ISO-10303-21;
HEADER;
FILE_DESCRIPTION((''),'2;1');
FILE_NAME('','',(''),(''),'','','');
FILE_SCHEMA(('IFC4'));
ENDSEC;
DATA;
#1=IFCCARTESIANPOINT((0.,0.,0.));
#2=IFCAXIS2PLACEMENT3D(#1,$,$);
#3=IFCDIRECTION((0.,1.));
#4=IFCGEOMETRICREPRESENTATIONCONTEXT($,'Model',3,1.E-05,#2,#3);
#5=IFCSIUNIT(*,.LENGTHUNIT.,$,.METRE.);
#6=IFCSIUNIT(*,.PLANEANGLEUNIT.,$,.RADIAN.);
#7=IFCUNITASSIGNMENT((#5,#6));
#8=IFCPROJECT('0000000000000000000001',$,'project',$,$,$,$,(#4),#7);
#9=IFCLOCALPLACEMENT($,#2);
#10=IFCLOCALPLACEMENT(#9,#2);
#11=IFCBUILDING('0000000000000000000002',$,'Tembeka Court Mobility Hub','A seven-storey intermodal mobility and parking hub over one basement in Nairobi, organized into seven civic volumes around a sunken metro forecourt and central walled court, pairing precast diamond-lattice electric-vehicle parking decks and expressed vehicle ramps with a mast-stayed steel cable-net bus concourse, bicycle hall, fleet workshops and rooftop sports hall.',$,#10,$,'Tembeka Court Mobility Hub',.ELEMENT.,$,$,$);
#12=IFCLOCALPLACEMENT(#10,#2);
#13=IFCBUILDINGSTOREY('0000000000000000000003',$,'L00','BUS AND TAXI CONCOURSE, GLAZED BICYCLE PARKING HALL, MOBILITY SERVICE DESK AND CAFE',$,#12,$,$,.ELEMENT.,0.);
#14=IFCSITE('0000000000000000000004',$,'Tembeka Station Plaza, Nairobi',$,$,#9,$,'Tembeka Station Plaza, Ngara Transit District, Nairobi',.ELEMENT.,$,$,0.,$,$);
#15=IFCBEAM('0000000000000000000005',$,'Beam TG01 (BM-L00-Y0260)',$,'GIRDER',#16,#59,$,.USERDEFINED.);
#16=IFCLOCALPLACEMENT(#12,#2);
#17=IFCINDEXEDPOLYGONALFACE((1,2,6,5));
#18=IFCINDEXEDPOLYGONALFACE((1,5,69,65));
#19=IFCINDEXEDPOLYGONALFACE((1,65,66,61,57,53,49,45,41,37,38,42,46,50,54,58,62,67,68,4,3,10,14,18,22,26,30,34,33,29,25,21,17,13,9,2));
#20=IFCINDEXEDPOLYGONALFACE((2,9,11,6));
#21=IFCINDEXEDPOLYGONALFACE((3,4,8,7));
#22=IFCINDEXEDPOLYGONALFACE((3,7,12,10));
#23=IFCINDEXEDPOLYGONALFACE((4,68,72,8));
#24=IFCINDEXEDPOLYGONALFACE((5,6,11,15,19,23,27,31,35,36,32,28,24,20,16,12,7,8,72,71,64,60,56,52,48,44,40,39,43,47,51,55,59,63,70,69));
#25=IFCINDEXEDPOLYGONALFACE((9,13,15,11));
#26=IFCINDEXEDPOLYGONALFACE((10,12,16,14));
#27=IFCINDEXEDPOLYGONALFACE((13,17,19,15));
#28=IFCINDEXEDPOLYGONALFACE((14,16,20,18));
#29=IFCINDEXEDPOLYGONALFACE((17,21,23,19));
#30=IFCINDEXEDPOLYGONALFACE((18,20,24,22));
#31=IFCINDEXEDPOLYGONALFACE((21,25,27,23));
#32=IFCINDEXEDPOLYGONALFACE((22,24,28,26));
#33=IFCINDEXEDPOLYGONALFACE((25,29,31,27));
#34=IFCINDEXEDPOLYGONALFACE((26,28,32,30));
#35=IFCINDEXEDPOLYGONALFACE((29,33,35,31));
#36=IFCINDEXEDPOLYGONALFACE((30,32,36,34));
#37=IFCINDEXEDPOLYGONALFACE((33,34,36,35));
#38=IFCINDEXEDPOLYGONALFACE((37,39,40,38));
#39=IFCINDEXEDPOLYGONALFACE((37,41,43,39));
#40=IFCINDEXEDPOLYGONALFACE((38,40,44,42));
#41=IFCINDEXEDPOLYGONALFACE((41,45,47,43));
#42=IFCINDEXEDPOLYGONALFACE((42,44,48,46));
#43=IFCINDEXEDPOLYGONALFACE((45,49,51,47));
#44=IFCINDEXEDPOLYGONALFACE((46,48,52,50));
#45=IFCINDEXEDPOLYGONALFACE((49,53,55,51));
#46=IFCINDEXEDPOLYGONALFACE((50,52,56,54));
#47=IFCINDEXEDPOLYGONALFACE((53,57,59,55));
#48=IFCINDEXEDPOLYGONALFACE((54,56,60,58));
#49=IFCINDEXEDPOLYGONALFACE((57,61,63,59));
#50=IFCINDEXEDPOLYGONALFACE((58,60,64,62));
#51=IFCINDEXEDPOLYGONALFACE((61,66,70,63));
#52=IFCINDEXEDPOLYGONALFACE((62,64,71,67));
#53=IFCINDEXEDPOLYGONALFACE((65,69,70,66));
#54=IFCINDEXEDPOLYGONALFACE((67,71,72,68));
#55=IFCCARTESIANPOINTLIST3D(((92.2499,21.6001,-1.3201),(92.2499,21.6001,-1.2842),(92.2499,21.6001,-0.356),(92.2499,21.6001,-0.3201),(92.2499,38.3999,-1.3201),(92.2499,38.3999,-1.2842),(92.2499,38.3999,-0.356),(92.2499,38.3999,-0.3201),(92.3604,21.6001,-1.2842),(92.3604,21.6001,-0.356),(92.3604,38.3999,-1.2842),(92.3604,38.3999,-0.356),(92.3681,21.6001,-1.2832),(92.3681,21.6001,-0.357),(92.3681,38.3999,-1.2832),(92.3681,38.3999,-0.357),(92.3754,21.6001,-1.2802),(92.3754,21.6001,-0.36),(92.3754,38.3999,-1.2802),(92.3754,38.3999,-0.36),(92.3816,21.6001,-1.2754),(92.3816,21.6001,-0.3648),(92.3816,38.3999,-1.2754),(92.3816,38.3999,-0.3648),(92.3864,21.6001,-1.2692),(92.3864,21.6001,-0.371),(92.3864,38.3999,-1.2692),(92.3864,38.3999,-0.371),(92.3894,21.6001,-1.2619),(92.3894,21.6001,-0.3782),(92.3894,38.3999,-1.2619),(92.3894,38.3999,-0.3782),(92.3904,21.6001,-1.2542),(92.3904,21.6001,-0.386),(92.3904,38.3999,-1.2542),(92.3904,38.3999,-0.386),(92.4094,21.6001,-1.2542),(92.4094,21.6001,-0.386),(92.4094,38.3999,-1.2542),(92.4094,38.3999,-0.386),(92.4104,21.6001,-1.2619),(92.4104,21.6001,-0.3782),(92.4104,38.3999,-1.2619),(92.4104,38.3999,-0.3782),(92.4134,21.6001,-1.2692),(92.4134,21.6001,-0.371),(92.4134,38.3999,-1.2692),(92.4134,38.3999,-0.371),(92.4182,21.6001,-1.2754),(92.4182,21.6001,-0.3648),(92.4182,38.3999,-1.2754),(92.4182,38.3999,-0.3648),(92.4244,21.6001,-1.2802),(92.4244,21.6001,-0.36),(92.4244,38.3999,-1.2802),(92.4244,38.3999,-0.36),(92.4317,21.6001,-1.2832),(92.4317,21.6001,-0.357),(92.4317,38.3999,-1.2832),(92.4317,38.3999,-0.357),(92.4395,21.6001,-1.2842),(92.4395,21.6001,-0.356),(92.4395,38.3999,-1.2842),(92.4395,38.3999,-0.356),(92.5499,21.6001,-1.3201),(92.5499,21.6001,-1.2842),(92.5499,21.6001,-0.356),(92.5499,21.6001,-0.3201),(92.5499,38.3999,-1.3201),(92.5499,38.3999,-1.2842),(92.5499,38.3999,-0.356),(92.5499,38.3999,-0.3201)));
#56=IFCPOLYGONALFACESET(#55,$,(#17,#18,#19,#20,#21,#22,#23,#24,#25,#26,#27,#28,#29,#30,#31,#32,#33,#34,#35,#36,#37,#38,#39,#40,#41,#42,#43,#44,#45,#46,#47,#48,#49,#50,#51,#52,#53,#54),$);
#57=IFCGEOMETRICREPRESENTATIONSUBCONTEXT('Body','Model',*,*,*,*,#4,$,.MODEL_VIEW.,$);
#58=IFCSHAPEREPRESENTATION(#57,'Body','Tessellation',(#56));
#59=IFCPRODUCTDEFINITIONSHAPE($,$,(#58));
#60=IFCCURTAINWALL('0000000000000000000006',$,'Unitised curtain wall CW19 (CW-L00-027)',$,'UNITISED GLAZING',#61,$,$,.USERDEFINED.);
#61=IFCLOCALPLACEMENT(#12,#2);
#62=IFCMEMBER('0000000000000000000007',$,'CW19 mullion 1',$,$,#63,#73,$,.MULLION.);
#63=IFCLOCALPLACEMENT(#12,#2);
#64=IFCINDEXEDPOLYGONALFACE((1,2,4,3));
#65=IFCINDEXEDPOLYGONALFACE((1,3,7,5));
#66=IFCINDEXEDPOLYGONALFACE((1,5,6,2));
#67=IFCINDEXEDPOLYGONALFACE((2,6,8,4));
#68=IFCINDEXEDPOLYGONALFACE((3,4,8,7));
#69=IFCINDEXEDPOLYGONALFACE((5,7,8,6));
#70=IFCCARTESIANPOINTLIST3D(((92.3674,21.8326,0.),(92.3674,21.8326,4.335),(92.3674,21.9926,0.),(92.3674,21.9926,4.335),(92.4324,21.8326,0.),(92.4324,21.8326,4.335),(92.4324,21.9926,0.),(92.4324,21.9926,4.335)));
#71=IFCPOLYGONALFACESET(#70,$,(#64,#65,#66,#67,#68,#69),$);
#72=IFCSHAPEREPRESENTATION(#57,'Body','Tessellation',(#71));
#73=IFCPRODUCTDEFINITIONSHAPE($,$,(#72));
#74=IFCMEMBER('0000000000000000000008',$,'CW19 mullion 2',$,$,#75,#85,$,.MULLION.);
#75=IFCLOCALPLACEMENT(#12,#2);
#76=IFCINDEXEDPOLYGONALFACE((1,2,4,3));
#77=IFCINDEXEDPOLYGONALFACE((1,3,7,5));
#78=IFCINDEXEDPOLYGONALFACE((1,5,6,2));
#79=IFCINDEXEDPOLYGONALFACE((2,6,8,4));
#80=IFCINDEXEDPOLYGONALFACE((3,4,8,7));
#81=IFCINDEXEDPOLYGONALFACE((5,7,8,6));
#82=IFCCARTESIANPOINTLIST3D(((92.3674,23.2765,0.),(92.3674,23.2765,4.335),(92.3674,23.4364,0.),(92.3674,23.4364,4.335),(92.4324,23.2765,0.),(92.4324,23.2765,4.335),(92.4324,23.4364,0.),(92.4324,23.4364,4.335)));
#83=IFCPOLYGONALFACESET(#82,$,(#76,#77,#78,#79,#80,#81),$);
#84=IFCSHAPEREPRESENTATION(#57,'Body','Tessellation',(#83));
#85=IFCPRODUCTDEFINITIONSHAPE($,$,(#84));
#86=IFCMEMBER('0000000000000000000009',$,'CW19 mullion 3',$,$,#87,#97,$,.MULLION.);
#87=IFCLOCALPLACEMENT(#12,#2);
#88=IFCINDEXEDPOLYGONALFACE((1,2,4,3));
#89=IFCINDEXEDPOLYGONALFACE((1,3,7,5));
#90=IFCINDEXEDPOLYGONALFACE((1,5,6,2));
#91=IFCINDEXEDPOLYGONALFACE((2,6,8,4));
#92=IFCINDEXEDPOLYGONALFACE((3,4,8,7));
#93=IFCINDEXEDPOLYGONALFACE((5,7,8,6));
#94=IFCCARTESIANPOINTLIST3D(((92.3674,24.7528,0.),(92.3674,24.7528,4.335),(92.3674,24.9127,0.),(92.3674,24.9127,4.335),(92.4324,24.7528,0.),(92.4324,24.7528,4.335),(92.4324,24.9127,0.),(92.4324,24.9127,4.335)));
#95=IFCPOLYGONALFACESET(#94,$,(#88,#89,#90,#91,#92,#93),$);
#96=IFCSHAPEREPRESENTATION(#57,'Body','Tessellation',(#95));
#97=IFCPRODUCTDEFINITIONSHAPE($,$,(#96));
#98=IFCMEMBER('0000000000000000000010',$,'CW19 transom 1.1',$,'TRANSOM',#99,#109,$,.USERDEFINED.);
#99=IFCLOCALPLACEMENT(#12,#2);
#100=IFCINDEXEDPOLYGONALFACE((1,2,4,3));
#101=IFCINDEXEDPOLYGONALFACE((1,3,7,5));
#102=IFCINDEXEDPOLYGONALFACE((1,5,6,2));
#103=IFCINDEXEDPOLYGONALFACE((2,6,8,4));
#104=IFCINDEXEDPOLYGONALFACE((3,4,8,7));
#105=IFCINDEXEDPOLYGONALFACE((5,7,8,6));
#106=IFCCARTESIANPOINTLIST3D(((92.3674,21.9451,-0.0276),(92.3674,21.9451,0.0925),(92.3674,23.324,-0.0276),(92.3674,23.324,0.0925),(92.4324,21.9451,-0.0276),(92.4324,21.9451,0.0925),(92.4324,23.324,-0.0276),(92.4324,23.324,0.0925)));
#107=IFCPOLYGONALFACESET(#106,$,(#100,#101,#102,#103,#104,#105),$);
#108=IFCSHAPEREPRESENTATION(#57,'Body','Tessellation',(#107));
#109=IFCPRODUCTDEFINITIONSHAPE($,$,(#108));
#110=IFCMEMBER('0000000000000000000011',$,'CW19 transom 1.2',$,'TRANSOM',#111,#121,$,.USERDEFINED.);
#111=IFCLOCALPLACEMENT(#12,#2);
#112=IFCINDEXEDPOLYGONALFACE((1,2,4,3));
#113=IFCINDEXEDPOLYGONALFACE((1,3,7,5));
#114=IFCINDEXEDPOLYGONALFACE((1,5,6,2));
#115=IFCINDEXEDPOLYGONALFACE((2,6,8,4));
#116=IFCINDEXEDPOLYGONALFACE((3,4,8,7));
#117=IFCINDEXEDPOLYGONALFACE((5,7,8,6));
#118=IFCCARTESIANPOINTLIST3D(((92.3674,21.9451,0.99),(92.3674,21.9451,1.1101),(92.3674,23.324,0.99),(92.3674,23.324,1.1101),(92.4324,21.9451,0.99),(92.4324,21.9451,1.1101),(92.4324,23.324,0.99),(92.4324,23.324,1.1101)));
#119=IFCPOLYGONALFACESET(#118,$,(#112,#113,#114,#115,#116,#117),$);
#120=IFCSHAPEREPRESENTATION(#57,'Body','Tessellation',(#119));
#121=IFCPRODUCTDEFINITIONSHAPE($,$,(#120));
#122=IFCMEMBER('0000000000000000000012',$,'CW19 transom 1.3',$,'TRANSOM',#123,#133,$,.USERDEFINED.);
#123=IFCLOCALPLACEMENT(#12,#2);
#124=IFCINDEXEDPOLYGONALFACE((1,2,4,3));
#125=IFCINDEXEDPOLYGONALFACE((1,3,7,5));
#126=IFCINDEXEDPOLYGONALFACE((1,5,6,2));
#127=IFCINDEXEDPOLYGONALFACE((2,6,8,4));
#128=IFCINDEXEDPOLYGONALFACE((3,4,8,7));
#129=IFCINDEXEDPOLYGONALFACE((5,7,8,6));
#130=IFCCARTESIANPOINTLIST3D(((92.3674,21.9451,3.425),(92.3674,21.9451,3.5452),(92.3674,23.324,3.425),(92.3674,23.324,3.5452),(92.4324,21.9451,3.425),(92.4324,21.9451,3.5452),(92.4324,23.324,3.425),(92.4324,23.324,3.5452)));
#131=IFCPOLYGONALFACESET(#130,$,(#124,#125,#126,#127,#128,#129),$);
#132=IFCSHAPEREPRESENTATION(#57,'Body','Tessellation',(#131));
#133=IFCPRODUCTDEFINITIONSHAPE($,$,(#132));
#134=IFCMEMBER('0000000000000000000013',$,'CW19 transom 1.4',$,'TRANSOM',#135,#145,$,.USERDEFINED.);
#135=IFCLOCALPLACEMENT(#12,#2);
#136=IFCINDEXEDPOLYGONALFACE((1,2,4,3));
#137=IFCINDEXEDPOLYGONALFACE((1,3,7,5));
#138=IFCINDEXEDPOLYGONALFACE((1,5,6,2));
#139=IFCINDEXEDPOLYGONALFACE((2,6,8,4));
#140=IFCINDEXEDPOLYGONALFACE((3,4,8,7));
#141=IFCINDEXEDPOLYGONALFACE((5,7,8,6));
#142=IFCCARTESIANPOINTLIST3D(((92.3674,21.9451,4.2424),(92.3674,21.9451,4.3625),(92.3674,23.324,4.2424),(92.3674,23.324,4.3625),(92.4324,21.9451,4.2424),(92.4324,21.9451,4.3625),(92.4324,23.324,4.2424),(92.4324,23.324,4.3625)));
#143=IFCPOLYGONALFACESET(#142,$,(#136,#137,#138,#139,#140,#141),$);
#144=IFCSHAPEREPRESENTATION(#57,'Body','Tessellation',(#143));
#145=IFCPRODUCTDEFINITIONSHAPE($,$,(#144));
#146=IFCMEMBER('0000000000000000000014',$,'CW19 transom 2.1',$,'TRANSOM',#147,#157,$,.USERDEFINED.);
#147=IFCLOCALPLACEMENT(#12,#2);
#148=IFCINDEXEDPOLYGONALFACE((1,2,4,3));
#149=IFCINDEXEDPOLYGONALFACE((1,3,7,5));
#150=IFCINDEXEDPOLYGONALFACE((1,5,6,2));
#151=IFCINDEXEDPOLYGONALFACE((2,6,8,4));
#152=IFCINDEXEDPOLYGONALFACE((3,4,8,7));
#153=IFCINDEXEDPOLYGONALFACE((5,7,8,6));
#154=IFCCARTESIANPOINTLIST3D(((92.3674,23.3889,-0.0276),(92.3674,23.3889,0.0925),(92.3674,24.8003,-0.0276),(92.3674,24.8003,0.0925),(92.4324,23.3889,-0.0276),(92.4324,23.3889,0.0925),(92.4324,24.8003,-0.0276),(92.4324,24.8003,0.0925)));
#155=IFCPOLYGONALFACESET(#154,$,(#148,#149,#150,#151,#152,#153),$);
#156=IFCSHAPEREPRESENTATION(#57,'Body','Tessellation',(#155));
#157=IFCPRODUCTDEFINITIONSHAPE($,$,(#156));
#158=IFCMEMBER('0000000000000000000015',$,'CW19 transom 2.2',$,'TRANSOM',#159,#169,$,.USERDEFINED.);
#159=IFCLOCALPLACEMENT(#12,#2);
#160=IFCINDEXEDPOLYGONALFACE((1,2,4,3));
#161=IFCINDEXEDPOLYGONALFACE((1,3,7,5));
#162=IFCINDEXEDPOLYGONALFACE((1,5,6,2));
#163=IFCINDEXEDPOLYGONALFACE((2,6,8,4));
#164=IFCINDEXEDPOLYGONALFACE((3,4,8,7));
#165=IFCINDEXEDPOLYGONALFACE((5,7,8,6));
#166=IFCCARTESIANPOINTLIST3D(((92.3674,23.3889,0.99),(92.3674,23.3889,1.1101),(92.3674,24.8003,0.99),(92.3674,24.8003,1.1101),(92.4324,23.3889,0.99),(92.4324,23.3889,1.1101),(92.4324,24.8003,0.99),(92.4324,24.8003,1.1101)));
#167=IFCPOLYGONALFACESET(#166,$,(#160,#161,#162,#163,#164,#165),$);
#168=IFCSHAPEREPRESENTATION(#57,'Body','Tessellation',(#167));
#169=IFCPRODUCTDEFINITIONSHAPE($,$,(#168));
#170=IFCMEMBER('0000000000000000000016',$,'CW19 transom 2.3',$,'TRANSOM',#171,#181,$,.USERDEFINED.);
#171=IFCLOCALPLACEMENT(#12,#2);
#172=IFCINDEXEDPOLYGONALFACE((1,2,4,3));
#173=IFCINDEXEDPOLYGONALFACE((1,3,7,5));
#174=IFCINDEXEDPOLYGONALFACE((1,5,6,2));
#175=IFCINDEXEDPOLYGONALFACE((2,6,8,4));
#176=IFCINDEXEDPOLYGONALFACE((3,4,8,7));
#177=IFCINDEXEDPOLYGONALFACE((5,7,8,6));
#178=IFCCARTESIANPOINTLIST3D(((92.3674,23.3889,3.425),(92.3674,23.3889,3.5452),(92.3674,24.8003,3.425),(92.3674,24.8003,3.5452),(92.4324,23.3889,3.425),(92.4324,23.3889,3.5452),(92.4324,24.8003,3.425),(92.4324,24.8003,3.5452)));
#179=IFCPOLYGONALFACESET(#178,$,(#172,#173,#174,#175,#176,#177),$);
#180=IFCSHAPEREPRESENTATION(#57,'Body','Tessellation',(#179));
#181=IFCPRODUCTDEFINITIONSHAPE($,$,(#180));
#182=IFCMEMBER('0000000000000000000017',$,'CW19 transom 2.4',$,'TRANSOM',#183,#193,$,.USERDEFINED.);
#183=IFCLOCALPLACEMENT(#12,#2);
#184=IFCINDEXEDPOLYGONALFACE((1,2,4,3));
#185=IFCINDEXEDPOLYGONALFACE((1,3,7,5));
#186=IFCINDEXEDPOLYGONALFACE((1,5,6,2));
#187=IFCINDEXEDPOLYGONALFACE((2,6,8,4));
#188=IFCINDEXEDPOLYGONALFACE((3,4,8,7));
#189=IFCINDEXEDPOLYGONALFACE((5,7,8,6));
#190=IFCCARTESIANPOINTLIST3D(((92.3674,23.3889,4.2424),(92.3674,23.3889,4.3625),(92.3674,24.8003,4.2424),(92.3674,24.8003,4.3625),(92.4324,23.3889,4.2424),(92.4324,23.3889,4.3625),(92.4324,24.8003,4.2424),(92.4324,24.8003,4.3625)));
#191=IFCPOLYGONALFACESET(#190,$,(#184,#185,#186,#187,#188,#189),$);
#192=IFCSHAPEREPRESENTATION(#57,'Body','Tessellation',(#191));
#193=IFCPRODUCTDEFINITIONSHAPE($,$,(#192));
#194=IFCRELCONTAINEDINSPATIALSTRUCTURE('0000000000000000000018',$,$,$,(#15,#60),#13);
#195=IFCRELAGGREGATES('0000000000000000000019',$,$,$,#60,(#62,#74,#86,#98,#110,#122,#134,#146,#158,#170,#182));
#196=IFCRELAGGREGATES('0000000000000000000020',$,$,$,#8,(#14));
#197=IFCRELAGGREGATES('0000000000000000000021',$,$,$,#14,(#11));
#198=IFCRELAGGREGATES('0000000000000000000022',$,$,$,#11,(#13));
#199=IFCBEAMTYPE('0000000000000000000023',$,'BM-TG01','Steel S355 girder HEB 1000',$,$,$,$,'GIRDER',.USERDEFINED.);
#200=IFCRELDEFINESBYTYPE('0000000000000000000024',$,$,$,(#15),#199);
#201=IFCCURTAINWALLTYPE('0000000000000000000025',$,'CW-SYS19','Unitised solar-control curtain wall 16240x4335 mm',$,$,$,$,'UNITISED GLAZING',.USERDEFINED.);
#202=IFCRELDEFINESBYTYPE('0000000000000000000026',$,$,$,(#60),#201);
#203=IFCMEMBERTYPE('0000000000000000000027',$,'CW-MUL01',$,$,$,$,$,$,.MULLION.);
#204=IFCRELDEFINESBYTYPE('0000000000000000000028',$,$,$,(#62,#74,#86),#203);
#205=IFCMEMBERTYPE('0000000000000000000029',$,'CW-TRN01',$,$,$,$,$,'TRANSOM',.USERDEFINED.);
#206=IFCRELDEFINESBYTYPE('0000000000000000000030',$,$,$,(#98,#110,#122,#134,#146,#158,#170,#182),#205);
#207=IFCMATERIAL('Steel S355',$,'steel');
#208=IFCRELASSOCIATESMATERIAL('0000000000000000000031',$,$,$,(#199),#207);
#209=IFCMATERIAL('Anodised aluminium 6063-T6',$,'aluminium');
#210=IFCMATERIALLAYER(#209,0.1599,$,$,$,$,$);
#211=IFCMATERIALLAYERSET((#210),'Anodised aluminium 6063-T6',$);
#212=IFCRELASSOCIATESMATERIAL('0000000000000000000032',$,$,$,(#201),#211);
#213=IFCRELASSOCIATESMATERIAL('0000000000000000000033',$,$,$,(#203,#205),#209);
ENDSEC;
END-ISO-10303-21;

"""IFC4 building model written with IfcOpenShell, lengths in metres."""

from ifc_helpers import new_model, si_unit, direction, frame, origin, origin_2d, place, context, subcontext, project, spatial, rectangle, i_section, extrude, material, layer, layer_set, material_profile, profile_set, type_object, element, aggregate, save


model = new_model("IFC4")

# Units and contexts
model_context = context("Model", 3, precision=1e-05, world=origin(), true_north=direction((0.0, 1.0)))
body_context = subcontext(model_context, "Body", "Model", "MODEL_VIEW")
ifc_project = project(units=[si_unit("LENGTHUNIT", "METRE"), si_unit("PLANEANGLEUNIT", "RADIAN")], contexts=[model_context])

# Site, building, storey
site_placement = place(None, origin())
site = spatial("IfcSite", under=ifc_project, at=site_placement, Name="Tembeka Station Plaza, Nairobi", LongName="Tembeka Station Plaza, Ngara Transit District, Nairobi", CompositionType="ELEMENT", RefElevation=0.0)
building_placement = place(site_placement, origin())
building = spatial("IfcBuilding", under=site, at=building_placement, Name="Tembeka Court Mobility Hub", Description="A seven-storey intermodal mobility and parking hub over one basement in Nairobi, organized into seven civic volumes around a sunken metro forecourt and central walled court, pairing precast diamond-lattice electric-vehicle parking decks and expressed vehicle ramps with a mast-stayed steel cable-net bus concourse, bicycle hall, fleet workshops and rooftop sports hall.", LongName="Tembeka Court Mobility Hub", CompositionType="ELEMENT")
storey_placement = place(building_placement, origin())
storey = spatial("IfcBuildingStorey", under=building, at=storey_placement, Name="L00", Description="BUS AND TAXI CONCOURSE, GLAZED BICYCLE PARKING HALL, MOBILITY SERVICE DESK AND CAFE", CompositionType="ELEMENT", Elevation=0.0)

# Beam
ifc_material_1 = material(Name="Steel S355", Category="steel")
ifc_material_profile_1 = material_profile(ifc_material_1, i_section(OverallWidth=0.3, OverallDepth=1.0, WebThickness=0.019, FlangeThickness=0.0359, FilletRadius=0.03, at=origin_2d()), Name="HEB 1000")
ifc_profile_set_1 = profile_set([ifc_material_profile_1], Name="Steel S355")
beam_type_1 = type_object("IfcBeamType", Name="BM-TG01", Description="Steel S355 girder HEB 1000", ElementType="GIRDER", PredefinedType="USERDEFINED", material=ifc_profile_set_1)
beam_placement = place(storey_placement, frame((92.3999, 21.6001, -0.8201), z_axis=(0.0, 1.0, 0.0), x_axis=(-1.0, 0.0, 0.0)))
element("IfcBeam", 1, at=beam_placement, inside=storey, type_object=beam_type_1, Name="Beam TG01 (BM-L00-Y0260)", ObjectType="GIRDER", PredefinedType="USERDEFINED", context=body_context, shape_type="SweptSolid", body=[
    extrude(i_section(OverallWidth=0.3, OverallDepth=1.0, WebThickness=0.019, FlangeThickness=0.0359, FilletRadius=0.03, at=origin_2d()), origin(), (0.0, 0.0, 1.0), 16.7998),
])

# Curtain wall, members
ifc_material_2 = material(Name="Anodised aluminium 6063-T6", Category="aluminium")
ifc_layer_1 = layer(ifc_material_2, 0.1599)
ifc_layer_set_1 = layer_set([ifc_layer_1], Name="Anodised aluminium 6063-T6")
curtain_wall_type = type_object("IfcCurtainWallType", Name="CW-SYS19", Description="Unitised solar-control curtain wall 16240x4335 mm", ElementType="UNITISED GLAZING", PredefinedType="USERDEFINED", material=ifc_layer_set_1)
curtain_wall_placement = place(storey_placement, origin())
curtain_wall = element("IfcCurtainWall", 2, at=curtain_wall_placement, inside=storey, type_object=curtain_wall_type, Name="Unitised curtain wall CW19 (CW-L00-027)", ObjectType="UNITISED GLAZING", PredefinedType="USERDEFINED")
ifc_material_profile_2 = material_profile(ifc_material_2, rectangle(XDim=0.0649, YDim=0.1599, at=origin_2d()), Name="ALU-MUL 65x160")
ifc_profile_set_2 = profile_set([ifc_material_profile_2], Name="Anodised aluminium 6063-T6")
member_type_1 = type_object("IfcMemberType", Name="CW-MUL01", PredefinedType="MULLION", material=ifc_profile_set_2)
member_1_placement = place(storey_placement, frame((92.3999, 21.9126, 0.0), z_axis=(0.0, 0.0, 1.0), x_axis=(-1.0, 0.0, 0.0)))
member_1 = element("IfcMember", 3, at=member_1_placement, type_object=member_type_1, Name="CW19 mullion 1", PredefinedType="MULLION", context=body_context, shape_type="SweptSolid", body=[
    extrude(rectangle(XDim=0.0649, YDim=0.1599, at=origin_2d()), origin(), (0.0, 0.0, 1.0), 4.335),
])
member_2_placement = place(storey_placement, frame((92.3999, 23.3564, 0.0), z_axis=(0.0, 0.0, 1.0), x_axis=(-1.0, 0.0, 0.0)))
member_2 = element("IfcMember", 4, at=member_2_placement, type_object=member_type_1, Name="CW19 mullion 2", PredefinedType="MULLION", context=body_context, shape_type="SweptSolid", body=[
    extrude(rectangle(XDim=0.0649, YDim=0.1599, at=origin_2d()), origin(), (0.0, 0.0, 1.0), 4.335),
])
member_3_placement = place(storey_placement, frame((92.3999, 24.8328, 0.0), z_axis=(0.0, 0.0, 1.0), x_axis=(-1.0, 0.0, 0.0)))
member_3 = element("IfcMember", 5, at=member_3_placement, type_object=member_type_1, Name="CW19 mullion 3", PredefinedType="MULLION", context=body_context, shape_type="SweptSolid", body=[
    extrude(rectangle(XDim=0.0649, YDim=0.1599, at=origin_2d()), origin(), (0.0, 0.0, 1.0), 4.335),
])
ifc_material_profile_3 = material_profile(ifc_material_2, rectangle(XDim=0.0649, YDim=0.1201, at=origin_2d()), Name="ALU-TRN 65x120")
ifc_profile_set_3 = profile_set([ifc_material_profile_3], Name="Anodised aluminium 6063-T6")
member_type_2 = type_object("IfcMemberType", Name="CW-TRN01", ElementType="TRANSOM", PredefinedType="USERDEFINED", material=ifc_profile_set_3)
member_4_placement = place(storey_placement, frame((92.3999, 21.9451, 0.0325), z_axis=(0.0, 1.0, 0.0), x_axis=(-1.0, 0.0, 0.0)))
member_4 = element("IfcMember", 6, at=member_4_placement, type_object=member_type_2, Name="CW19 transom 1.1", ObjectType="TRANSOM", PredefinedType="USERDEFINED", context=body_context, shape_type="SweptSolid", body=[
    extrude(rectangle(XDim=0.0649, YDim=0.1201, at=origin_2d()), origin(), (0.0, 0.0, 1.0), 1.3789),
])
member_5_placement = place(storey_placement, frame((92.3999, 21.9451, 1.05), z_axis=(0.0, 1.0, 0.0), x_axis=(-1.0, 0.0, 0.0)))
member_5 = element("IfcMember", 7, at=member_5_placement, type_object=member_type_2, Name="CW19 transom 1.2", ObjectType="TRANSOM", PredefinedType="USERDEFINED", context=body_context, shape_type="SweptSolid", body=[
    extrude(rectangle(XDim=0.0649, YDim=0.1201, at=origin_2d()), origin(), (0.0, 0.0, 1.0), 1.3789),
])
member_6_placement = place(storey_placement, frame((92.3999, 21.9451, 3.4851), z_axis=(0.0, 1.0, 0.0), x_axis=(-1.0, 0.0, 0.0)))
member_6 = element("IfcMember", 8, at=member_6_placement, type_object=member_type_2, Name="CW19 transom 1.3", ObjectType="TRANSOM", PredefinedType="USERDEFINED", context=body_context, shape_type="SweptSolid", body=[
    extrude(rectangle(XDim=0.0649, YDim=0.1201, at=origin_2d()), origin(), (0.0, 0.0, 1.0), 1.3789),
])
member_7_placement = place(storey_placement, frame((92.3999, 21.9451, 4.3025), z_axis=(0.0, 1.0, 0.0), x_axis=(-1.0, 0.0, 0.0)))
member_7 = element("IfcMember", 9, at=member_7_placement, type_object=member_type_2, Name="CW19 transom 1.4", ObjectType="TRANSOM", PredefinedType="USERDEFINED", context=body_context, shape_type="SweptSolid", body=[
    extrude(rectangle(XDim=0.0649, YDim=0.1201, at=origin_2d()), origin(), (0.0, 0.0, 1.0), 1.3789),
])
member_8_placement = place(storey_placement, frame((92.3999, 23.3889, 0.0325), z_axis=(0.0, 1.0, 0.0), x_axis=(-1.0, 0.0, 0.0)))
member_8 = element("IfcMember", 10, at=member_8_placement, type_object=member_type_2, Name="CW19 transom 2.1", ObjectType="TRANSOM", PredefinedType="USERDEFINED", context=body_context, shape_type="SweptSolid", body=[
    extrude(rectangle(XDim=0.0649, YDim=0.1201, at=origin_2d()), origin(), (0.0, 0.0, 1.0), 1.4114),
])
member_9_placement = place(storey_placement, frame((92.3999, 23.3889, 1.05), z_axis=(0.0, 1.0, 0.0), x_axis=(-1.0, 0.0, 0.0)))
member_9 = element("IfcMember", 11, at=member_9_placement, type_object=member_type_2, Name="CW19 transom 2.2", ObjectType="TRANSOM", PredefinedType="USERDEFINED", context=body_context, shape_type="SweptSolid", body=[
    extrude(rectangle(XDim=0.0649, YDim=0.1201, at=origin_2d()), origin(), (0.0, 0.0, 1.0), 1.4114),
])
member_10_placement = place(storey_placement, frame((92.3999, 23.3889, 3.4851), z_axis=(0.0, 1.0, 0.0), x_axis=(-1.0, 0.0, 0.0)))
member_10 = element("IfcMember", 12, at=member_10_placement, type_object=member_type_2, Name="CW19 transom 2.3", ObjectType="TRANSOM", PredefinedType="USERDEFINED", context=body_context, shape_type="SweptSolid", body=[
    extrude(rectangle(XDim=0.0649, YDim=0.1201, at=origin_2d()), origin(), (0.0, 0.0, 1.0), 1.4114),
])
member_11_placement = place(storey_placement, frame((92.3999, 23.3889, 4.3025), z_axis=(0.0, 1.0, 0.0), x_axis=(-1.0, 0.0, 0.0)))
member_11 = element("IfcMember", 13, at=member_11_placement, type_object=member_type_2, Name="CW19 transom 2.4", ObjectType="TRANSOM", PredefinedType="USERDEFINED", context=body_context, shape_type="SweptSolid", body=[
    extrude(rectangle(XDim=0.0649, YDim=0.1201, at=origin_2d()), origin(), (0.0, 0.0, 1.0), 1.4114),
])
aggregate(curtain_wall, [member_1, member_2, member_3, member_4, member_5, member_6, member_7, member_8, member_9, member_10, member_11])

save(model, "model.ifc")
